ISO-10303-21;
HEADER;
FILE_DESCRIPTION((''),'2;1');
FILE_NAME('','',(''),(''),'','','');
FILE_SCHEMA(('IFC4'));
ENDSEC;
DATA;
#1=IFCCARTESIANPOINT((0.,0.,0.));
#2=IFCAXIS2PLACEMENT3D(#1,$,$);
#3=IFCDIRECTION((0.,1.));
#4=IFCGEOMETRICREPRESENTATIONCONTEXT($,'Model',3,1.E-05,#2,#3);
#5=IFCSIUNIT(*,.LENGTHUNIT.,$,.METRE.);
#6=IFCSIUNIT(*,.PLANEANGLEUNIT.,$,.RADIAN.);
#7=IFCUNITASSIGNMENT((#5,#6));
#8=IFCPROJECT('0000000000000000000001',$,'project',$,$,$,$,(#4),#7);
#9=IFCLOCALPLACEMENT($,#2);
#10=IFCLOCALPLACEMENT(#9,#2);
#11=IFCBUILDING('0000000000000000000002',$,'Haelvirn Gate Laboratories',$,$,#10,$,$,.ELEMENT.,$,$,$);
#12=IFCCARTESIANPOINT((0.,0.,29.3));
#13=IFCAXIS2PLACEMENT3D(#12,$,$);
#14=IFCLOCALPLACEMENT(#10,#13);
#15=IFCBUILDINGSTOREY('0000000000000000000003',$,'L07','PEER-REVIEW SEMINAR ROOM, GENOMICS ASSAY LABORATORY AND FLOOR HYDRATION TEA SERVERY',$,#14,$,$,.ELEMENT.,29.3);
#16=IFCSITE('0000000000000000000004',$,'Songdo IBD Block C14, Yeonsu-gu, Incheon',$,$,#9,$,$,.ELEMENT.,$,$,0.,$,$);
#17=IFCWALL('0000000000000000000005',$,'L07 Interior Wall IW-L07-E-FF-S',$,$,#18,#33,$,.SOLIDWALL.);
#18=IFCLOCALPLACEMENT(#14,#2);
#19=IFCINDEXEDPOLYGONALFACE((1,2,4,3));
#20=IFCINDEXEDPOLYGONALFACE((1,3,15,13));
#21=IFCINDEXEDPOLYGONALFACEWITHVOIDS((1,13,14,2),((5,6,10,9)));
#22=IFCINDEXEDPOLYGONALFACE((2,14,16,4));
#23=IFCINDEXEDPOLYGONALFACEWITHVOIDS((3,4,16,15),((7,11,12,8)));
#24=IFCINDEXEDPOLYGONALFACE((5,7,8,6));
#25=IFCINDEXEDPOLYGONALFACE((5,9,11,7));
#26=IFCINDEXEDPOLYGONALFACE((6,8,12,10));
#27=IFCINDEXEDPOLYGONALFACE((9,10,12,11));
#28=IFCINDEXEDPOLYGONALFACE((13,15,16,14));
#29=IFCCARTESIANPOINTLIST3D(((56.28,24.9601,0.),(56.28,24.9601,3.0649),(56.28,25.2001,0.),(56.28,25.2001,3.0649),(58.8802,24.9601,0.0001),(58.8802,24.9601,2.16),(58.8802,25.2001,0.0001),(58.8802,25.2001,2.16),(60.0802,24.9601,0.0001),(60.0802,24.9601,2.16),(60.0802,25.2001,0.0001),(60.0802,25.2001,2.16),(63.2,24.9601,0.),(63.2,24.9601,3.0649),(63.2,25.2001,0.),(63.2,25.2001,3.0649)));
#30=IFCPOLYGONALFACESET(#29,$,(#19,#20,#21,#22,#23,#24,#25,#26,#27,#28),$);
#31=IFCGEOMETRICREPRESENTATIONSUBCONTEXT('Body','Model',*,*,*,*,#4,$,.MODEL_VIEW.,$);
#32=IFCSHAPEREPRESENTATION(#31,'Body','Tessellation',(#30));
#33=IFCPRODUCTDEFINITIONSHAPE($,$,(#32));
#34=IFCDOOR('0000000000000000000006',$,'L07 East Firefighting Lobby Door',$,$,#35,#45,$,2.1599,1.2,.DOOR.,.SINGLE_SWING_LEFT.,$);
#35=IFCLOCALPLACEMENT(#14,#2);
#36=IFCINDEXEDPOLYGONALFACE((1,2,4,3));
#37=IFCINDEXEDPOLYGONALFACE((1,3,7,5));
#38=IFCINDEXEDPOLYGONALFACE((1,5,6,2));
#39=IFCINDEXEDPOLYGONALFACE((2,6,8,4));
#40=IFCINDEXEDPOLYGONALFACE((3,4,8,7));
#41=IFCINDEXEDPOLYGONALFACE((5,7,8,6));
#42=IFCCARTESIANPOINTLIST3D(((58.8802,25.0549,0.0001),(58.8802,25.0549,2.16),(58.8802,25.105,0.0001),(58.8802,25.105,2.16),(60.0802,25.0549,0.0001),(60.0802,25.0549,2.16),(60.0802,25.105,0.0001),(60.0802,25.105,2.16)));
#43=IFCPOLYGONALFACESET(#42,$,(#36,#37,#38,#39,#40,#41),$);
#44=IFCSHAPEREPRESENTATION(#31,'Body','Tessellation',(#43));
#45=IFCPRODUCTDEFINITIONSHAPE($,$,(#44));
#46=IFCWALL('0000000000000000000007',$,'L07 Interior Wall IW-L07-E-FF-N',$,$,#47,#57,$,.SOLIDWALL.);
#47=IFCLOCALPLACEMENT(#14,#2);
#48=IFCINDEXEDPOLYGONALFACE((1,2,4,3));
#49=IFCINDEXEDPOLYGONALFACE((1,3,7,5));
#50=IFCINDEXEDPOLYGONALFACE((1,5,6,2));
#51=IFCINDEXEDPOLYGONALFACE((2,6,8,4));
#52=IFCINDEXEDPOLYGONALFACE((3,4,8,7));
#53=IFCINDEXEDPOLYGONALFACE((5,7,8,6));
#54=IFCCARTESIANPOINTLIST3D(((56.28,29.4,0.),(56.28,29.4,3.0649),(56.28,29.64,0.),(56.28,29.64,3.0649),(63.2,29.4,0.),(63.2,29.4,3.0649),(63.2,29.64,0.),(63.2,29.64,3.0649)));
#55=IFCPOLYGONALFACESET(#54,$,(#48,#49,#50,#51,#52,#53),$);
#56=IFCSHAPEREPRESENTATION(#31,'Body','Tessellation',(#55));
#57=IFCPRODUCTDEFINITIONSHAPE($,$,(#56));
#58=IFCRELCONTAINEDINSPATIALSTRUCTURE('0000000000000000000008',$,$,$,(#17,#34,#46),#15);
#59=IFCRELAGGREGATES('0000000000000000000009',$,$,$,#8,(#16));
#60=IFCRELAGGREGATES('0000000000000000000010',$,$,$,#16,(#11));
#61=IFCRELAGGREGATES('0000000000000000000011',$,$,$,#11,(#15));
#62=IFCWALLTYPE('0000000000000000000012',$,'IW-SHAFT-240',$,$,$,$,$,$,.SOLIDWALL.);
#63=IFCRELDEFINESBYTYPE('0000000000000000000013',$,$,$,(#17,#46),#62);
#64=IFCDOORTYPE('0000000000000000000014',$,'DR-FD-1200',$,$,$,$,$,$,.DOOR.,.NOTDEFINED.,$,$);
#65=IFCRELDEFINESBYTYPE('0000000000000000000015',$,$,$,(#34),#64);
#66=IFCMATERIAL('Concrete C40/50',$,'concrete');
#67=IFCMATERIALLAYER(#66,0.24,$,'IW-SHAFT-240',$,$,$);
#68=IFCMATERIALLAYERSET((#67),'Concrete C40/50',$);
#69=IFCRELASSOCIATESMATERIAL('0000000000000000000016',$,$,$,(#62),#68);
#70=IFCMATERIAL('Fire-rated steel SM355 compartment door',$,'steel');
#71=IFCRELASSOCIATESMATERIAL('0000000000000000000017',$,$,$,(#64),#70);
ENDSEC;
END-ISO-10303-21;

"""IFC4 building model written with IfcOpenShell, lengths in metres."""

from ifc_helpers import new_model, si_unit, direction, frame, frame_2d, origin, place, context, subcontext, project, spatial, rectangle, extrude, source, transform, mapped, material, layer, layer_set, type_object, type_shapes, element, fill, save


model = new_model("IFC4")

# Units and contexts
model_context = context("Model", 3, precision=1e-05, world=origin(), true_north=direction((0.0, 1.0)))
body_context = subcontext(model_context, "Body", "Model", "MODEL_VIEW")
ifc_project = project(units=[si_unit("LENGTHUNIT", "METRE"), si_unit("PLANEANGLEUNIT", "RADIAN")], contexts=[model_context])

# Site, building, storey
site_placement = place(None, origin())
site = spatial("IfcSite", under=ifc_project, at=site_placement, Name="Songdo IBD Block C14, Yeonsu-gu, Incheon", CompositionType="ELEMENT", RefElevation=0.0)
building_placement = place(site_placement, origin())
building = spatial("IfcBuilding", under=site, at=building_placement, Name="Haelvirn Gate Laboratories", CompositionType="ELEMENT")
storey_placement = place(building_placement, frame((0.0, 0.0, 29.3)))
storey = spatial("IfcBuildingStorey", under=building, at=storey_placement, Name="L07", Description="PEER-REVIEW SEMINAR ROOM, GENOMICS ASSAY LABORATORY AND FLOOR HYDRATION TEA SERVERY", CompositionType="ELEMENT", Elevation=29.3)

# Shared definitions
ifc_material_1 = material(Name="Concrete C40/50", Category="concrete")

# Wall, opening, door
ifc_layer_1 = layer(ifc_material_1, 0.24, Name="IW-SHAFT-240")
ifc_layer_set_1 = layer_set([ifc_layer_1], Name="Concrete C40/50")
wall_type_1 = type_object("IfcWallType", Name="IW-SHAFT-240", PredefinedType="SOLIDWALL", material=ifc_layer_set_1)
wall_1_placement = place(storey_placement, frame((56.28, 25.0801, 0.0), z_axis=(0.0, 0.0, 1.0), x_axis=(1.0, 0.0, 0.0)))
wall_1 = element("IfcWall", 1, at=wall_1_placement, inside=storey, type_object=wall_type_1, Name="L07 Interior Wall IW-L07-E-FF-S", PredefinedType="SOLIDWALL", context=body_context, shape_type="SweptSolid", body=[
    extrude(rectangle(XDim=6.9199, YDim=0.24, at=frame_2d((3.46, 0.0))), origin(), (0.0, 0.0, 1.0), 3.0649),
])
opening_1_placement = place(wall_1_placement, frame((2.6001, 0.0, 0.0)))
opening_1 = element("IfcOpeningElement", 2, at=opening_1_placement, cuts=wall_1, PredefinedType="OPENING", context=body_context, shape_type="SweptSolid", body=[
    extrude(rectangle(XDim=1.2, YDim=2.1599, at=frame_2d((0.6001, 1.0801))), frame((0.0, 0.1299, 0.0), z_axis=(0.0, -1.0, 0.0), x_axis=(1.0, 0.0, 0.0)), (0.0, 0.0, 1.0), 0.26),
])
ifc_material_2 = material(Name="Fire-rated steel SM355 compartment door", Category="steel")
door_type_1 = type_object("IfcDoorType", Name="DR-FD-1200", OperationType="NOTDEFINED", PredefinedType="DOOR", material=ifc_material_2)
shared_shape_1 = source(origin(), body_context, "Body", "SweptSolid", [
    extrude(rectangle(XDim=1.2, YDim=2.1599, at=frame_2d((0.6001, 1.0801))), frame((0.0, 0.0249, 0.0), z_axis=(0.0, -1.0, 0.0), x_axis=(1.0, 0.0, 0.0)), (0.0, 0.0, 1.0), 0.05),
])
type_shapes(door_type_1, [shared_shape_1])
door_1_placement = place(opening_1_placement, origin())
door_1 = element("IfcDoor", 3, at=door_1_placement, inside=storey, type_object=door_type_1, Name="L07 East Firefighting Lobby Door", OperationType="SINGLE_SWING_LEFT", OverallHeight=2.1599, OverallWidth=1.2, PredefinedType="DOOR", context=body_context, shape_type="MappedRepresentation", body=[
    mapped(shared_shape_1, transform((0.0, 0.0, 0.0), scale=1.0)),
])
fill(opening_1, door_1)

# Wall
wall_2_placement = place(storey_placement, frame((56.28, 29.52, 0.0), z_axis=(0.0, 0.0, 1.0), x_axis=(1.0, 0.0, 0.0)))
element("IfcWall", 4, at=wall_2_placement, inside=storey, type_object=wall_type_1, Name="L07 Interior Wall IW-L07-E-FF-N", PredefinedType="SOLIDWALL", context=body_context, shape_type="SweptSolid", body=[
    extrude(rectangle(XDim=6.9199, YDim=0.24, at=frame_2d((3.46, 0.0))), origin(), (0.0, 0.0, 1.0), 3.0649),
])

save(model, "model.ifc")
